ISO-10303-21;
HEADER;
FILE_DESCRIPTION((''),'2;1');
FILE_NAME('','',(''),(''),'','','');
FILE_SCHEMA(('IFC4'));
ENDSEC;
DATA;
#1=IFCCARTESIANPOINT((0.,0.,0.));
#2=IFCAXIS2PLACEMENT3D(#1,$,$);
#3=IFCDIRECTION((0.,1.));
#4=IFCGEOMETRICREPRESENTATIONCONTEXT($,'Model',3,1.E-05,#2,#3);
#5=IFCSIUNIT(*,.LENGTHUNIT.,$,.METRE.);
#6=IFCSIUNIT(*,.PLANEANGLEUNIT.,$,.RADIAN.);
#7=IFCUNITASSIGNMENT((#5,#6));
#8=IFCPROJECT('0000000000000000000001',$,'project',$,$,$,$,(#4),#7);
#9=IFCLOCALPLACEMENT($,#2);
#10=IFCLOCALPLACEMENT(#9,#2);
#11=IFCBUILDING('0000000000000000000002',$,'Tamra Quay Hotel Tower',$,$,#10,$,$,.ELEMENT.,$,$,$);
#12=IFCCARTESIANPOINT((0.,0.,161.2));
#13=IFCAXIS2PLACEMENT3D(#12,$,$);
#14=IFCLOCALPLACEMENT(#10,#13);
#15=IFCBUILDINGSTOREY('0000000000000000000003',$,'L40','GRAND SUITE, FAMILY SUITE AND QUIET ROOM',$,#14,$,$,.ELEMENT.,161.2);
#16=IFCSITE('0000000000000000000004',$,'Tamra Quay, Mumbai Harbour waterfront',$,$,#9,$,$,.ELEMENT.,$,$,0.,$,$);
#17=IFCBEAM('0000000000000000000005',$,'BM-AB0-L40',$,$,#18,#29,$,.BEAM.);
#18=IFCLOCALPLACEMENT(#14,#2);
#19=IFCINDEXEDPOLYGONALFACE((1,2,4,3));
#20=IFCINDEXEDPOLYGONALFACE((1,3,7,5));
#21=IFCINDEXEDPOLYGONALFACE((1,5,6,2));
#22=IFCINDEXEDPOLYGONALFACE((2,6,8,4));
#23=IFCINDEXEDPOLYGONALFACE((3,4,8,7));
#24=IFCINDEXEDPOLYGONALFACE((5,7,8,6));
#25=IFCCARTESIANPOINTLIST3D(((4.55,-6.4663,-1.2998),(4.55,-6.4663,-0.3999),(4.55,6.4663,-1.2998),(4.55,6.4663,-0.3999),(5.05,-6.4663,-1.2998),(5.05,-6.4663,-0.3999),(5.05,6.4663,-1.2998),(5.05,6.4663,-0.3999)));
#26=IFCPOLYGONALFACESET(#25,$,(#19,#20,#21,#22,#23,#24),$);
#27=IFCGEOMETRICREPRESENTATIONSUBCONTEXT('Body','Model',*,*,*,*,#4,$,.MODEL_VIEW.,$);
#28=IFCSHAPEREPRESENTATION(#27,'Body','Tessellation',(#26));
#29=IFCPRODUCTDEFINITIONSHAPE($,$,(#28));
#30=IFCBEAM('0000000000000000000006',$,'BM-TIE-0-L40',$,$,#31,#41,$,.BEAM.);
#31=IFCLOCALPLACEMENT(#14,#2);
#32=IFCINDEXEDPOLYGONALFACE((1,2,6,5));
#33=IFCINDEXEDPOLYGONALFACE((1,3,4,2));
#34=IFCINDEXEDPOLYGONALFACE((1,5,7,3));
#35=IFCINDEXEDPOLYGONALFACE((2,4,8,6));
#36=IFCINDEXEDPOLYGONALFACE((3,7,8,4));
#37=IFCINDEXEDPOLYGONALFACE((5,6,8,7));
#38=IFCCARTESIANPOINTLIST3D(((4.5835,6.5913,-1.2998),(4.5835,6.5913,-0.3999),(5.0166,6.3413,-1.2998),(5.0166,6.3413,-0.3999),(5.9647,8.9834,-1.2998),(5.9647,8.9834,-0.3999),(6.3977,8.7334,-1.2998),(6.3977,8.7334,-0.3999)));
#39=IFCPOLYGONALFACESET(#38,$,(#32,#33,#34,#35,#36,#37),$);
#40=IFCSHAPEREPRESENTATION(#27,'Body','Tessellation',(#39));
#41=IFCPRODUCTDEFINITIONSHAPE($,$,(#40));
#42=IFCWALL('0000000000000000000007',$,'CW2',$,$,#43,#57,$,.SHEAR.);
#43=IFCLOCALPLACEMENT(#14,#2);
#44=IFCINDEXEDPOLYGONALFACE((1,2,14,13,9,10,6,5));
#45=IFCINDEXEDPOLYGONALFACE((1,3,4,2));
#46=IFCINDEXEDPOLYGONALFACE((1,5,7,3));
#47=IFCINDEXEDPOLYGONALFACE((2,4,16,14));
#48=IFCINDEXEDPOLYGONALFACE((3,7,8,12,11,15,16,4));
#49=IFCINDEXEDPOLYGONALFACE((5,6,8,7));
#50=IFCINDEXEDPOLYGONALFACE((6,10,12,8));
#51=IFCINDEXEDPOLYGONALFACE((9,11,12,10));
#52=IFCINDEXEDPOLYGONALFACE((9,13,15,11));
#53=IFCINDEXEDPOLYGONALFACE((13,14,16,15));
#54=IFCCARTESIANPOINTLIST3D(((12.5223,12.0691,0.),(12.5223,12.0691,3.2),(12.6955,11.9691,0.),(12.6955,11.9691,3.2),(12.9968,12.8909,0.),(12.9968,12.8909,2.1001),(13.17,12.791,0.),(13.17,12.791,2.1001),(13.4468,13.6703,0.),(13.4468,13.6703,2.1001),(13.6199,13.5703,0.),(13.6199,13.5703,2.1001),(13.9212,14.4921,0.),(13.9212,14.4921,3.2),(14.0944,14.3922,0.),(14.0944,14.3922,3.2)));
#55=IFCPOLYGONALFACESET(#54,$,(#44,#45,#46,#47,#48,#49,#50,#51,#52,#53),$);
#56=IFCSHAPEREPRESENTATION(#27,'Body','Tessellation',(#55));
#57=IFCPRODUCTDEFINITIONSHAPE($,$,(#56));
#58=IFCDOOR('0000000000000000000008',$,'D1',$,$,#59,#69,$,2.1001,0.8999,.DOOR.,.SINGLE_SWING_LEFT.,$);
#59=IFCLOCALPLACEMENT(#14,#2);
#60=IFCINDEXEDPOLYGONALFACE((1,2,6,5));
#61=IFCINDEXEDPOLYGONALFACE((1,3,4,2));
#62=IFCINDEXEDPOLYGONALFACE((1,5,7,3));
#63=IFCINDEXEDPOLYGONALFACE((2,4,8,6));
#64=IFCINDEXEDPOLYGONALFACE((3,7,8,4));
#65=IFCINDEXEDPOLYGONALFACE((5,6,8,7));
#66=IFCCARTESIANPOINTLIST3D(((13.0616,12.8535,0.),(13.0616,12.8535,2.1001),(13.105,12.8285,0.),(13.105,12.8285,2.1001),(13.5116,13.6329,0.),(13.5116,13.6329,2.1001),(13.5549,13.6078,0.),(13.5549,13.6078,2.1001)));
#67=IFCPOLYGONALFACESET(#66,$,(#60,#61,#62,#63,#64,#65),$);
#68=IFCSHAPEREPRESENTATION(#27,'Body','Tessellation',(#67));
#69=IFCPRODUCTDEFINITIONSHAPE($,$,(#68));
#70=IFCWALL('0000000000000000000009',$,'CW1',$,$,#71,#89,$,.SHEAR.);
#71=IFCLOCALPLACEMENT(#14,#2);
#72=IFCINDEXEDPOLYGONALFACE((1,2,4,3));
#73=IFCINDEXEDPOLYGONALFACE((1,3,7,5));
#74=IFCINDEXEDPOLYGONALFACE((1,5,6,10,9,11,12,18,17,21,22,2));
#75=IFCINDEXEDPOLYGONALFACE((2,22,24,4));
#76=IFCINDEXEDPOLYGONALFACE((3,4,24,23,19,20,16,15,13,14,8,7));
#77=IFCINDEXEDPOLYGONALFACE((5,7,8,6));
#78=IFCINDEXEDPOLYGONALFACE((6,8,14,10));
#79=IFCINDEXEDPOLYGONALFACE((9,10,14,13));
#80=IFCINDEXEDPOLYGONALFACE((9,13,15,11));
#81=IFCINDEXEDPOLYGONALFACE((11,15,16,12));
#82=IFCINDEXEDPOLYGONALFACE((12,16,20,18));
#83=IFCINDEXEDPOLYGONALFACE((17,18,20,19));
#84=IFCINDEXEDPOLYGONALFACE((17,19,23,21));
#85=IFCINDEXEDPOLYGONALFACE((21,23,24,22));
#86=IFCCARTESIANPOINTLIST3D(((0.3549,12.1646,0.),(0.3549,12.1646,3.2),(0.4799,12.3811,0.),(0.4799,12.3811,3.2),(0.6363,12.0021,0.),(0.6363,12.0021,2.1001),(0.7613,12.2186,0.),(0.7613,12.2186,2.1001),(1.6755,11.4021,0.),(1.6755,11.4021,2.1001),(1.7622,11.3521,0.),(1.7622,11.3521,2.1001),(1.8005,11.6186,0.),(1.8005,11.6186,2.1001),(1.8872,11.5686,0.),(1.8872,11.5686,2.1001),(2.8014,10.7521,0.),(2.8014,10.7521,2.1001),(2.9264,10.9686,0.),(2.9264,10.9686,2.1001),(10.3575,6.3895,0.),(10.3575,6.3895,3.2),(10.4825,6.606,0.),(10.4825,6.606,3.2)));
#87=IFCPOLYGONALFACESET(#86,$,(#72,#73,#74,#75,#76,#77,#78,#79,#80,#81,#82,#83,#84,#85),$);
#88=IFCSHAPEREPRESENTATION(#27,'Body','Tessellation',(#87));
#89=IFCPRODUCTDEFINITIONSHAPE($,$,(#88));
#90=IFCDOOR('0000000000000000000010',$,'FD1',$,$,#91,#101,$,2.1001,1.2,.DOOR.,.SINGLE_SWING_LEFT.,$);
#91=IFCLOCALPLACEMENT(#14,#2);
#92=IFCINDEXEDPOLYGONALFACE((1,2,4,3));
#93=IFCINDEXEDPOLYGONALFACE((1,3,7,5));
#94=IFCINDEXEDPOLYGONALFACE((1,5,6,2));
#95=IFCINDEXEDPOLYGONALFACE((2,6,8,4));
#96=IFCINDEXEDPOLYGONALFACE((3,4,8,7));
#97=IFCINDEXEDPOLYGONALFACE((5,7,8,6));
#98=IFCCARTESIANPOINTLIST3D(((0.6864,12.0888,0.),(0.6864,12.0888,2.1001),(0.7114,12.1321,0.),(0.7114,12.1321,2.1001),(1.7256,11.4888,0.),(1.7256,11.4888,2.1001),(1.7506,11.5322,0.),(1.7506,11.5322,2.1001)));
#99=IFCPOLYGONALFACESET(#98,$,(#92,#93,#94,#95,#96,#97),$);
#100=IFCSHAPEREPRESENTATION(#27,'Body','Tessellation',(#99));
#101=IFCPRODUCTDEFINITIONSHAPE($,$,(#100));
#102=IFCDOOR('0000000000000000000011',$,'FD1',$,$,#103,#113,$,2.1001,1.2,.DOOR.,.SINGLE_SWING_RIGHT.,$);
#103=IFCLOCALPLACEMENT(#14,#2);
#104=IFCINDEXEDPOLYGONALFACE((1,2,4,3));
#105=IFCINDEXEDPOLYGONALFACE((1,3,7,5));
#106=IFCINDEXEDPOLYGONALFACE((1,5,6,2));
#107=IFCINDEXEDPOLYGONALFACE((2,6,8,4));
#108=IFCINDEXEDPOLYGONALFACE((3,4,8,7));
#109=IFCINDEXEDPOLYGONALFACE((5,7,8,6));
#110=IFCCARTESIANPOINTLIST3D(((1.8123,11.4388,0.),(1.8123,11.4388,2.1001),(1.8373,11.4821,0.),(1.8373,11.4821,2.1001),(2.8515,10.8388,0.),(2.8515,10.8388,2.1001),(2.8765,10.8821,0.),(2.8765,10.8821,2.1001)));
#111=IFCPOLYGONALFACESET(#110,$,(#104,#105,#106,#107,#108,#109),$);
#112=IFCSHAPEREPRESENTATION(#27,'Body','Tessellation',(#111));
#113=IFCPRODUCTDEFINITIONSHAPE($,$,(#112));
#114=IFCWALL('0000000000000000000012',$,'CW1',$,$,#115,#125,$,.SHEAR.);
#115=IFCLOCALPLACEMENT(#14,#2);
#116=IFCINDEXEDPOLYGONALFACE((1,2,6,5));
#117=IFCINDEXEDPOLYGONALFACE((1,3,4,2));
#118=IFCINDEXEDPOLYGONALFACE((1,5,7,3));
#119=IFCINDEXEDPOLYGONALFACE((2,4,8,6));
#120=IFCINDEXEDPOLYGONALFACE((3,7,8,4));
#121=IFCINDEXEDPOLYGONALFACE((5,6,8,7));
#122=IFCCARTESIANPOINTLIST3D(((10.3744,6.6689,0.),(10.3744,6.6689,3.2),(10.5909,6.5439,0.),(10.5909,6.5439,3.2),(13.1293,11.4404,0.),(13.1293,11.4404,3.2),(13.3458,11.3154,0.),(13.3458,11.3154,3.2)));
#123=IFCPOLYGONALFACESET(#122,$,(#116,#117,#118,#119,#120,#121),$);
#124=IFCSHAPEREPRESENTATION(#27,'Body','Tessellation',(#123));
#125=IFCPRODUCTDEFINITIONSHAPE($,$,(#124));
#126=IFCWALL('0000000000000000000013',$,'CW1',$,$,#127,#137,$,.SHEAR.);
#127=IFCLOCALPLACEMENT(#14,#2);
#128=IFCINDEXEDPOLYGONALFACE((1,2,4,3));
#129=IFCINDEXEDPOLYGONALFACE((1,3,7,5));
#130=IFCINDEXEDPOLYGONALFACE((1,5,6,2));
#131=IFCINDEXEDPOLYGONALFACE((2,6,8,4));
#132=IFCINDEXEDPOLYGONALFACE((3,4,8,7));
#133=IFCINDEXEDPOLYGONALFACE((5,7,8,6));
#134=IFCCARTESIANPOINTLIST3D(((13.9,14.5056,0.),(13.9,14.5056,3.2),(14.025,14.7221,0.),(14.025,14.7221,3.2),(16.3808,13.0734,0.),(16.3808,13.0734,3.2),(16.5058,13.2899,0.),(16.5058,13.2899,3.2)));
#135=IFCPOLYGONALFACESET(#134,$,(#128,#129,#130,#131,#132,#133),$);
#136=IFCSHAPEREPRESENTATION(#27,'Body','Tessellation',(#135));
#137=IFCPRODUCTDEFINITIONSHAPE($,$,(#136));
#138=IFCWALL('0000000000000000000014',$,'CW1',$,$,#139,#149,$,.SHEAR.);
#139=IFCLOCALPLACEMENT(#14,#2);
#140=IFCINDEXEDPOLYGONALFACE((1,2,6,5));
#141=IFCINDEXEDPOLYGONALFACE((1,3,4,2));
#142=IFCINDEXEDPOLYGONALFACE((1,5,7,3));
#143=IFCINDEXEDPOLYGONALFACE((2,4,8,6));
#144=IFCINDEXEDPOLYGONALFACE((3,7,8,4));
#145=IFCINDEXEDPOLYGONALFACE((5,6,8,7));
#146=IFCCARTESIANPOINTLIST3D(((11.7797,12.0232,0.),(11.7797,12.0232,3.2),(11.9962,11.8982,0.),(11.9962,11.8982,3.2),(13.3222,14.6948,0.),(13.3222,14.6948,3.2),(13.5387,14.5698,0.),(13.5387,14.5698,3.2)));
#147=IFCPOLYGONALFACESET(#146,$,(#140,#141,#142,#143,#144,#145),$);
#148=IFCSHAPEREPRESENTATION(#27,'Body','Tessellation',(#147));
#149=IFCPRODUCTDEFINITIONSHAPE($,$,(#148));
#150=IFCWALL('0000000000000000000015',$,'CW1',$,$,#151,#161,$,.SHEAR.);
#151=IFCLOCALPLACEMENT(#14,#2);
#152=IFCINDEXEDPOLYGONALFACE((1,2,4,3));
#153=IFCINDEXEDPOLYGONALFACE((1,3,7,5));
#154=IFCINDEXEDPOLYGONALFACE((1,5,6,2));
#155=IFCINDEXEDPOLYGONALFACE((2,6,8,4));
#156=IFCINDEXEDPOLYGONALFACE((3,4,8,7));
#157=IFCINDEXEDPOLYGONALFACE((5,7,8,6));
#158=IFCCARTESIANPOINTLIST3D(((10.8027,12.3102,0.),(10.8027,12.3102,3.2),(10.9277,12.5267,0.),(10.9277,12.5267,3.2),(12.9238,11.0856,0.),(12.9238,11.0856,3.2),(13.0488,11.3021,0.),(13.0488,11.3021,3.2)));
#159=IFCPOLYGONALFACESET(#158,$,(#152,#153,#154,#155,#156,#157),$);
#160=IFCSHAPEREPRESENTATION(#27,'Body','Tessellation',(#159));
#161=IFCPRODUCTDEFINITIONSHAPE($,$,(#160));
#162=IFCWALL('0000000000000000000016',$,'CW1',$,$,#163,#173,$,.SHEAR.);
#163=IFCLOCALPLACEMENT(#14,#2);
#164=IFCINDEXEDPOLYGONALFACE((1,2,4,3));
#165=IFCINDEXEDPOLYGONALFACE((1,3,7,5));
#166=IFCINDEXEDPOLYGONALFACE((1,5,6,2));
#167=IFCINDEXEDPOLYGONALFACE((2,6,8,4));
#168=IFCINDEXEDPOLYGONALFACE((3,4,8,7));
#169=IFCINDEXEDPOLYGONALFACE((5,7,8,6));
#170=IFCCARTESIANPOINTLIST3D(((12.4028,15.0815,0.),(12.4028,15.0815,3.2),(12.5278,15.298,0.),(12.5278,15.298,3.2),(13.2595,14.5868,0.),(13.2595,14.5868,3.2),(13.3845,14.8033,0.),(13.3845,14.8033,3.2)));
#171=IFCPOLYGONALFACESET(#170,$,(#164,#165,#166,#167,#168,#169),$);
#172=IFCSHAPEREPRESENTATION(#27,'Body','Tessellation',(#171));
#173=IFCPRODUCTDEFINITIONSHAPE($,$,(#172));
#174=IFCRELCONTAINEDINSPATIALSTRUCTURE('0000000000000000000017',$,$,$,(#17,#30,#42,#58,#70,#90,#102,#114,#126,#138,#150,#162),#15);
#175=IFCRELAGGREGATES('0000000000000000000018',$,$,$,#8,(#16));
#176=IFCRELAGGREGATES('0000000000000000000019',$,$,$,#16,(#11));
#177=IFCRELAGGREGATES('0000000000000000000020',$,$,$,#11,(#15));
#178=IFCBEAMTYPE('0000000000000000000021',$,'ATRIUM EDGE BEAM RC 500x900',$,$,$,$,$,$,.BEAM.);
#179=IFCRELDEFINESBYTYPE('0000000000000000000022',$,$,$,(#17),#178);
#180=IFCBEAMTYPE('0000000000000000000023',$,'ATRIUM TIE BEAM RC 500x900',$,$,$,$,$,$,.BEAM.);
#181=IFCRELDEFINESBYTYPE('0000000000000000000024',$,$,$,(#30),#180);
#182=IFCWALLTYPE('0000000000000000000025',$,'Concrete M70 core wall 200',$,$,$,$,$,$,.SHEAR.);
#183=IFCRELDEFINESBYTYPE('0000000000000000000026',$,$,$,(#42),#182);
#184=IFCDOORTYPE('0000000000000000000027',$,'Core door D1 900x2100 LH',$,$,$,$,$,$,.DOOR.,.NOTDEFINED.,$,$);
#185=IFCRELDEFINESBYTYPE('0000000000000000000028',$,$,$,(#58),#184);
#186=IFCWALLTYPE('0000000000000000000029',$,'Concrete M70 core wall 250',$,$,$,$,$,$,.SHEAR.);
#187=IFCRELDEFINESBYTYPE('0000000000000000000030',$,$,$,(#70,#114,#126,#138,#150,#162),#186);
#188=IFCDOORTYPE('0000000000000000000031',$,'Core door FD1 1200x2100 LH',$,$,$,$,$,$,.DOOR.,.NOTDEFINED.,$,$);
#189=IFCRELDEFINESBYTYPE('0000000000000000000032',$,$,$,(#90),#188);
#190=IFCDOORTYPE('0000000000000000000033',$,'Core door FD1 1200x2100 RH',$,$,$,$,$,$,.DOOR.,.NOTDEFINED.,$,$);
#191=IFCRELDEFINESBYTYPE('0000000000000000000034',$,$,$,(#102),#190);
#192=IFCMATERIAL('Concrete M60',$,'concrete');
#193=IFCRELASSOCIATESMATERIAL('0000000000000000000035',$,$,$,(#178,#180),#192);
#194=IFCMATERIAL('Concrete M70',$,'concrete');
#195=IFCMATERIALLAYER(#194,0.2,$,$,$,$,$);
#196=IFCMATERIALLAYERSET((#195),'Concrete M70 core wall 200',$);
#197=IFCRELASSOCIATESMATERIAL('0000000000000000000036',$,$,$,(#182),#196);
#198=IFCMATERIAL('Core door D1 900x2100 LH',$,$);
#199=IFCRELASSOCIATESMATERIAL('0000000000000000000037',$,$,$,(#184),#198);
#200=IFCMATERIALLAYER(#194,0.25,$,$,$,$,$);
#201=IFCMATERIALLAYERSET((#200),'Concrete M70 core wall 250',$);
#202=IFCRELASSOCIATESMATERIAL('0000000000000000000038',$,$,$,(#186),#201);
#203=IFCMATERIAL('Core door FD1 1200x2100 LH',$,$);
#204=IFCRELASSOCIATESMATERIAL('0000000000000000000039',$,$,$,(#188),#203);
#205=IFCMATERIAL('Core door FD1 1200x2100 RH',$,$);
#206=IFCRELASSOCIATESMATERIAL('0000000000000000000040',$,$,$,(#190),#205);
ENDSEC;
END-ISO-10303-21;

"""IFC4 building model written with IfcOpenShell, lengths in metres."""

from ifc_helpers import new_model, si_unit, direction, frame, frame_2d, origin, origin_2d, place, context, subcontext, project, spatial, rectangle, extrude, material, layer, layer_set, material_profile, profile_set, type_object, element, fill, save


model = new_model("IFC4")

# Units and contexts
model_context = context("Model", 3, precision=1e-05, world=origin(), true_north=direction((0.0, 1.0)))
body_context = subcontext(model_context, "Body", "Model", "MODEL_VIEW")
ifc_project = project(units=[si_unit("LENGTHUNIT", "METRE"), si_unit("PLANEANGLEUNIT", "RADIAN")], contexts=[model_context])

# Site, building, storey
site_placement = place(None, origin())
site = spatial("IfcSite", under=ifc_project, at=site_placement, Name="Tamra Quay, Mumbai Harbour waterfront", CompositionType="ELEMENT", RefElevation=0.0)
building_placement = place(site_placement, origin())
building = spatial("IfcBuilding", under=site, at=building_placement, Name="Tamra Quay Hotel Tower", CompositionType="ELEMENT")
storey_placement = place(building_placement, frame((0.0, 0.0, 161.2)))
storey = spatial("IfcBuildingStorey", under=building, at=storey_placement, Name="L40", Description="GRAND SUITE, FAMILY SUITE AND QUIET ROOM", CompositionType="ELEMENT", Elevation=161.2)

# Beams
ifc_material_1 = material(Name="Concrete M60", Category="concrete")
ifc_material_profile_1 = material_profile(ifc_material_1, rectangle(XDim=0.5, YDim=0.8999, at=origin_2d()), Name="ATRIUM EDGE BEAM RC 500x900")
ifc_profile_set_1 = profile_set([ifc_material_profile_1], Name="Concrete M60")
beam_type_1 = type_object("IfcBeamType", Name="ATRIUM EDGE BEAM RC 500x900", PredefinedType="BEAM", material=ifc_profile_set_1)
beam_1_placement = place(storey_placement, frame((4.8, 6.4663, -0.8499), z_axis=(0.0, -1.0, 0.0), x_axis=(1.0, 0.0, 0.0)))
element("IfcBeam", 1, at=beam_1_placement, inside=storey, type_object=beam_type_1, Name="BM-AB0-L40", PredefinedType="BEAM", context=body_context, shape_type="SweptSolid", body=[
    extrude(rectangle(XDim=0.5, YDim=0.8999, at=origin_2d()), origin(), (0.0, 0.0, 1.0), 12.9326),
])
ifc_material_profile_2 = material_profile(ifc_material_1, rectangle(XDim=0.5, YDim=0.8999, at=origin_2d()), Name="ATRIUM TIE BEAM RC 500x900")
ifc_profile_set_2 = profile_set([ifc_material_profile_2], Name="Concrete M60")
beam_type_2 = type_object("IfcBeamType", Name="ATRIUM TIE BEAM RC 500x900", PredefinedType="BEAM", material=ifc_profile_set_2)
beam_2_placement = place(storey_placement, frame((4.8, 6.4663, -0.8499), z_axis=(0.500008, 0.866021, 0.0), x_axis=(-0.866021, 0.500008, 0.0)))
element("IfcBeam", 2, at=beam_2_placement, inside=storey, type_object=beam_type_2, Name="BM-TIE-0-L40", PredefinedType="BEAM", context=body_context, shape_type="SweptSolid", body=[
    extrude(rectangle(XDim=0.5, YDim=0.8999, at=origin_2d()), origin(), (0.0, 0.0, 1.0), 2.7622),
])

# Wall, opening, door
ifc_material_2 = material(Name="Concrete M70", Category="concrete")
ifc_layer_1 = layer(ifc_material_2, 0.2)
ifc_layer_set_1 = layer_set([ifc_layer_1], Name="Concrete M70 core wall 200")
wall_type_1 = type_object("IfcWallType", Name="Concrete M70 core wall 200", PredefinedType="SHEAR", material=ifc_layer_set_1)
wall_1_placement = place(storey_placement, frame((14.0078, 14.4421, 0.0), z_axis=(0.0, 0.0, 1.0), x_axis=(-0.499987, -0.866033, 0.0)))
wall_1 = element("IfcWall", 3, at=wall_1_placement, inside=storey, type_object=wall_type_1, Name="CW2", PredefinedType="SHEAR", context=body_context, shape_type="SweptSolid", body=[
    extrude(rectangle(XDim=2.7979, YDim=0.2, at=frame_2d((1.3989, 0.0))), origin(), (0.0, 0.0, 1.0), 3.2),
])
opening_1_placement = place(wall_1_placement, frame((0.949, 0.0, 0.0)))
opening_1 = element("IfcOpeningElement", 4, at=opening_1_placement, cuts=wall_1, PredefinedType="OPENING", context=body_context, shape_type="SweptSolid", body=[
    extrude(rectangle(XDim=0.8999, YDim=2.1001, at=frame_2d((0.45, 1.05))), frame((0.0, 0.1099, 0.0), z_axis=(0.0, -1.0, 0.0), x_axis=(1.0, 0.0, 0.0)), (0.0, 0.0, 1.0), 0.22),
])
ifc_material_3 = material(Name="Core door D1 900x2100 LH")
door_type_1 = type_object("IfcDoorType", Name="Core door D1 900x2100 LH", OperationType="NOTDEFINED", PredefinedType="DOOR", material=ifc_material_3)
door_1_placement = place(opening_1_placement, origin())
door_1 = element("IfcDoor", 5, at=door_1_placement, inside=storey, type_object=door_type_1, Name="D1", OperationType="SINGLE_SWING_LEFT", OverallHeight=2.1001, OverallWidth=0.8999, PredefinedType="DOOR", context=body_context, shape_type="SweptSolid", body=[
    extrude(rectangle(XDim=0.8999, YDim=2.1001, at=frame_2d((0.45, 1.05))), frame((0.0, 0.0249, 0.0), z_axis=(0.0, -1.0, 0.0), x_axis=(1.0, 0.0, 0.0)), (0.0, 0.0, 1.0), 0.05),
])
fill(opening_1, door_1)

# Wall, openings, doors
ifc_layer_2 = layer(ifc_material_2, 0.25)
ifc_layer_set_2 = layer_set([ifc_layer_2], Name="Concrete M70 core wall 250")
wall_type_2 = type_object("IfcWallType", Name="Concrete M70 core wall 250", PredefinedType="SHEAR", material=ifc_layer_set_2)
wall_2_placement = place(storey_placement, frame((10.4199, 6.4978, 0.0), z_axis=(0.0, 0.0, 1.0), x_axis=(-0.866022, 0.500006, 0.0)))
wall_2 = element("IfcWall", 6, at=wall_2_placement, inside=storey, type_object=wall_type_2, Name="CW1", PredefinedType="SHEAR", context=body_context, shape_type="SweptSolid", body=[
    extrude(rectangle(XDim=11.55, YDim=0.25, at=frame_2d((5.7749, 0.0))), origin(), (0.0, 0.0, 1.0), 3.2),
])
opening_2_placement = place(wall_2_placement, frame((10.0249, 0.0, 0.0)))
opening_2 = element("IfcOpeningElement", 7, at=opening_2_placement, cuts=wall_2, PredefinedType="OPENING", context=body_context, shape_type="SweptSolid", body=[
    extrude(rectangle(XDim=1.2, YDim=2.1001, at=frame_2d((0.6001, 1.05))), frame((0.0, 0.135, 0.0), z_axis=(0.0, -1.0, 0.0), x_axis=(1.0, 0.0, 0.0)), (0.0, 0.0, 1.0), 0.27),
])
opening_3_placement = place(wall_2_placement, frame((8.7249, 0.0, 0.0)))
opening_3 = element("IfcOpeningElement", 8, at=opening_3_placement, cuts=wall_2, PredefinedType="OPENING", context=body_context, shape_type="SweptSolid", body=[
    extrude(rectangle(XDim=1.2, YDim=2.1001, at=frame_2d((0.6001, 1.05))), frame((0.0, 0.135, 0.0), z_axis=(0.0, -1.0, 0.0), x_axis=(1.0, 0.0, 0.0)), (0.0, 0.0, 1.0), 0.27),
])
ifc_material_4 = material(Name="Core door FD1 1200x2100 LH")
door_type_2 = type_object("IfcDoorType", Name="Core door FD1 1200x2100 LH", OperationType="NOTDEFINED", PredefinedType="DOOR", material=ifc_material_4)
door_2_placement = place(opening_2_placement, origin())
door_2 = element("IfcDoor", 9, at=door_2_placement, inside=storey, type_object=door_type_2, Name="FD1", OperationType="SINGLE_SWING_LEFT", OverallHeight=2.1001, OverallWidth=1.2, PredefinedType="DOOR", context=body_context, shape_type="SweptSolid", body=[
    extrude(rectangle(XDim=1.2, YDim=2.1001, at=frame_2d((0.6001, 1.05))), frame((0.0, 0.0249, 0.0), z_axis=(0.0, -1.0, 0.0), x_axis=(1.0, 0.0, 0.0)), (0.0, 0.0, 1.0), 0.05),
])
fill(opening_2, door_2)
ifc_material_5 = material(Name="Core door FD1 1200x2100 RH")
door_type_3 = type_object("IfcDoorType", Name="Core door FD1 1200x2100 RH", OperationType="NOTDEFINED", PredefinedType="DOOR", material=ifc_material_5)
door_3_placement = place(opening_3_placement, origin())
door_3 = element("IfcDoor", 10, at=door_3_placement, inside=storey, type_object=door_type_3, Name="FD1", OperationType="SINGLE_SWING_RIGHT", OverallHeight=2.1001, OverallWidth=1.2, PredefinedType="DOOR", context=body_context, shape_type="SweptSolid", body=[
    extrude(rectangle(XDim=1.2, YDim=2.1001, at=frame_2d((0.6001, 1.05))), frame((0.0, 0.0249, 0.0), z_axis=(0.0, -1.0, 0.0), x_axis=(1.0, 0.0, 0.0)), (0.0, 0.0, 1.0), 0.05),
])
fill(opening_3, door_3)

# Walls
wall_3_placement = place(storey_placement, frame((13.2375, 11.3779, 0.0), z_axis=(0.0, 0.0, 1.0), x_axis=(-0.500009, -0.86602, 0.0)))
element("IfcWall", 11, at=wall_3_placement, inside=storey, type_object=wall_type_2, Name="CW1", PredefinedType="SHEAR", context=body_context, shape_type="SweptSolid", body=[
    extrude(rectangle(XDim=5.5098, YDim=0.25, at=frame_2d((2.7549, 0.0))), origin(), (0.0, 0.0, 1.0), 3.2),
])
wall_4_placement = place(storey_placement, frame((13.9626, 14.6138, 0.0), z_axis=(0.0, 0.0, 1.0), x_axis=(0.866042, -0.499971, 0.0)))
element("IfcWall", 12, at=wall_4_placement, inside=storey, type_object=wall_type_2, Name="CW1", PredefinedType="SHEAR", context=body_context, shape_type="SweptSolid", body=[
    extrude(rectangle(XDim=2.8645, YDim=0.25, at=frame_2d((1.4321, 0.0))), origin(), (0.0, 0.0, 1.0), 3.2),
])
wall_5_placement = place(storey_placement, frame((11.8879, 11.9607, 0.0), z_axis=(0.0, 0.0, 1.0), x_axis=(0.500003, 0.866023, 0.0)))
element("IfcWall", 13, at=wall_5_placement, inside=storey, type_object=wall_type_2, Name="CW1", PredefinedType="SHEAR", context=body_context, shape_type="SweptSolid", body=[
    extrude(rectangle(XDim=3.085, YDim=0.25, at=frame_2d((1.5425, 0.0))), origin(), (0.0, 0.0, 1.0), 3.2),
])
wall_6_placement = place(storey_placement, frame((10.8652, 12.4185, 0.0), z_axis=(0.0, 0.0, 1.0), x_axis=(0.866026, -0.499999, 0.0)))
element("IfcWall", 14, at=wall_6_placement, inside=storey, type_object=wall_type_2, Name="CW1", PredefinedType="SHEAR", context=body_context, shape_type="SweptSolid", body=[
    extrude(rectangle(XDim=2.4492, YDim=0.25, at=frame_2d((1.2246, 0.0))), origin(), (0.0, 0.0, 1.0), 3.2),
])
wall_7_placement = place(storey_placement, frame((13.322, 14.6951, 0.0), z_axis=(0.0, 0.0, 1.0), x_axis=(-0.866017, 0.500014, 0.0)))
element("IfcWall", 15, at=wall_7_placement, inside=storey, type_object=wall_type_2, Name="CW1", PredefinedType="SHEAR", context=body_context, shape_type="SweptSolid", body=[
    extrude(rectangle(XDim=0.9893, YDim=0.25, at=frame_2d((0.4946, 0.0))), origin(), (0.0, 0.0, 1.0), 3.2),
])

save(model, "model.ifc")
